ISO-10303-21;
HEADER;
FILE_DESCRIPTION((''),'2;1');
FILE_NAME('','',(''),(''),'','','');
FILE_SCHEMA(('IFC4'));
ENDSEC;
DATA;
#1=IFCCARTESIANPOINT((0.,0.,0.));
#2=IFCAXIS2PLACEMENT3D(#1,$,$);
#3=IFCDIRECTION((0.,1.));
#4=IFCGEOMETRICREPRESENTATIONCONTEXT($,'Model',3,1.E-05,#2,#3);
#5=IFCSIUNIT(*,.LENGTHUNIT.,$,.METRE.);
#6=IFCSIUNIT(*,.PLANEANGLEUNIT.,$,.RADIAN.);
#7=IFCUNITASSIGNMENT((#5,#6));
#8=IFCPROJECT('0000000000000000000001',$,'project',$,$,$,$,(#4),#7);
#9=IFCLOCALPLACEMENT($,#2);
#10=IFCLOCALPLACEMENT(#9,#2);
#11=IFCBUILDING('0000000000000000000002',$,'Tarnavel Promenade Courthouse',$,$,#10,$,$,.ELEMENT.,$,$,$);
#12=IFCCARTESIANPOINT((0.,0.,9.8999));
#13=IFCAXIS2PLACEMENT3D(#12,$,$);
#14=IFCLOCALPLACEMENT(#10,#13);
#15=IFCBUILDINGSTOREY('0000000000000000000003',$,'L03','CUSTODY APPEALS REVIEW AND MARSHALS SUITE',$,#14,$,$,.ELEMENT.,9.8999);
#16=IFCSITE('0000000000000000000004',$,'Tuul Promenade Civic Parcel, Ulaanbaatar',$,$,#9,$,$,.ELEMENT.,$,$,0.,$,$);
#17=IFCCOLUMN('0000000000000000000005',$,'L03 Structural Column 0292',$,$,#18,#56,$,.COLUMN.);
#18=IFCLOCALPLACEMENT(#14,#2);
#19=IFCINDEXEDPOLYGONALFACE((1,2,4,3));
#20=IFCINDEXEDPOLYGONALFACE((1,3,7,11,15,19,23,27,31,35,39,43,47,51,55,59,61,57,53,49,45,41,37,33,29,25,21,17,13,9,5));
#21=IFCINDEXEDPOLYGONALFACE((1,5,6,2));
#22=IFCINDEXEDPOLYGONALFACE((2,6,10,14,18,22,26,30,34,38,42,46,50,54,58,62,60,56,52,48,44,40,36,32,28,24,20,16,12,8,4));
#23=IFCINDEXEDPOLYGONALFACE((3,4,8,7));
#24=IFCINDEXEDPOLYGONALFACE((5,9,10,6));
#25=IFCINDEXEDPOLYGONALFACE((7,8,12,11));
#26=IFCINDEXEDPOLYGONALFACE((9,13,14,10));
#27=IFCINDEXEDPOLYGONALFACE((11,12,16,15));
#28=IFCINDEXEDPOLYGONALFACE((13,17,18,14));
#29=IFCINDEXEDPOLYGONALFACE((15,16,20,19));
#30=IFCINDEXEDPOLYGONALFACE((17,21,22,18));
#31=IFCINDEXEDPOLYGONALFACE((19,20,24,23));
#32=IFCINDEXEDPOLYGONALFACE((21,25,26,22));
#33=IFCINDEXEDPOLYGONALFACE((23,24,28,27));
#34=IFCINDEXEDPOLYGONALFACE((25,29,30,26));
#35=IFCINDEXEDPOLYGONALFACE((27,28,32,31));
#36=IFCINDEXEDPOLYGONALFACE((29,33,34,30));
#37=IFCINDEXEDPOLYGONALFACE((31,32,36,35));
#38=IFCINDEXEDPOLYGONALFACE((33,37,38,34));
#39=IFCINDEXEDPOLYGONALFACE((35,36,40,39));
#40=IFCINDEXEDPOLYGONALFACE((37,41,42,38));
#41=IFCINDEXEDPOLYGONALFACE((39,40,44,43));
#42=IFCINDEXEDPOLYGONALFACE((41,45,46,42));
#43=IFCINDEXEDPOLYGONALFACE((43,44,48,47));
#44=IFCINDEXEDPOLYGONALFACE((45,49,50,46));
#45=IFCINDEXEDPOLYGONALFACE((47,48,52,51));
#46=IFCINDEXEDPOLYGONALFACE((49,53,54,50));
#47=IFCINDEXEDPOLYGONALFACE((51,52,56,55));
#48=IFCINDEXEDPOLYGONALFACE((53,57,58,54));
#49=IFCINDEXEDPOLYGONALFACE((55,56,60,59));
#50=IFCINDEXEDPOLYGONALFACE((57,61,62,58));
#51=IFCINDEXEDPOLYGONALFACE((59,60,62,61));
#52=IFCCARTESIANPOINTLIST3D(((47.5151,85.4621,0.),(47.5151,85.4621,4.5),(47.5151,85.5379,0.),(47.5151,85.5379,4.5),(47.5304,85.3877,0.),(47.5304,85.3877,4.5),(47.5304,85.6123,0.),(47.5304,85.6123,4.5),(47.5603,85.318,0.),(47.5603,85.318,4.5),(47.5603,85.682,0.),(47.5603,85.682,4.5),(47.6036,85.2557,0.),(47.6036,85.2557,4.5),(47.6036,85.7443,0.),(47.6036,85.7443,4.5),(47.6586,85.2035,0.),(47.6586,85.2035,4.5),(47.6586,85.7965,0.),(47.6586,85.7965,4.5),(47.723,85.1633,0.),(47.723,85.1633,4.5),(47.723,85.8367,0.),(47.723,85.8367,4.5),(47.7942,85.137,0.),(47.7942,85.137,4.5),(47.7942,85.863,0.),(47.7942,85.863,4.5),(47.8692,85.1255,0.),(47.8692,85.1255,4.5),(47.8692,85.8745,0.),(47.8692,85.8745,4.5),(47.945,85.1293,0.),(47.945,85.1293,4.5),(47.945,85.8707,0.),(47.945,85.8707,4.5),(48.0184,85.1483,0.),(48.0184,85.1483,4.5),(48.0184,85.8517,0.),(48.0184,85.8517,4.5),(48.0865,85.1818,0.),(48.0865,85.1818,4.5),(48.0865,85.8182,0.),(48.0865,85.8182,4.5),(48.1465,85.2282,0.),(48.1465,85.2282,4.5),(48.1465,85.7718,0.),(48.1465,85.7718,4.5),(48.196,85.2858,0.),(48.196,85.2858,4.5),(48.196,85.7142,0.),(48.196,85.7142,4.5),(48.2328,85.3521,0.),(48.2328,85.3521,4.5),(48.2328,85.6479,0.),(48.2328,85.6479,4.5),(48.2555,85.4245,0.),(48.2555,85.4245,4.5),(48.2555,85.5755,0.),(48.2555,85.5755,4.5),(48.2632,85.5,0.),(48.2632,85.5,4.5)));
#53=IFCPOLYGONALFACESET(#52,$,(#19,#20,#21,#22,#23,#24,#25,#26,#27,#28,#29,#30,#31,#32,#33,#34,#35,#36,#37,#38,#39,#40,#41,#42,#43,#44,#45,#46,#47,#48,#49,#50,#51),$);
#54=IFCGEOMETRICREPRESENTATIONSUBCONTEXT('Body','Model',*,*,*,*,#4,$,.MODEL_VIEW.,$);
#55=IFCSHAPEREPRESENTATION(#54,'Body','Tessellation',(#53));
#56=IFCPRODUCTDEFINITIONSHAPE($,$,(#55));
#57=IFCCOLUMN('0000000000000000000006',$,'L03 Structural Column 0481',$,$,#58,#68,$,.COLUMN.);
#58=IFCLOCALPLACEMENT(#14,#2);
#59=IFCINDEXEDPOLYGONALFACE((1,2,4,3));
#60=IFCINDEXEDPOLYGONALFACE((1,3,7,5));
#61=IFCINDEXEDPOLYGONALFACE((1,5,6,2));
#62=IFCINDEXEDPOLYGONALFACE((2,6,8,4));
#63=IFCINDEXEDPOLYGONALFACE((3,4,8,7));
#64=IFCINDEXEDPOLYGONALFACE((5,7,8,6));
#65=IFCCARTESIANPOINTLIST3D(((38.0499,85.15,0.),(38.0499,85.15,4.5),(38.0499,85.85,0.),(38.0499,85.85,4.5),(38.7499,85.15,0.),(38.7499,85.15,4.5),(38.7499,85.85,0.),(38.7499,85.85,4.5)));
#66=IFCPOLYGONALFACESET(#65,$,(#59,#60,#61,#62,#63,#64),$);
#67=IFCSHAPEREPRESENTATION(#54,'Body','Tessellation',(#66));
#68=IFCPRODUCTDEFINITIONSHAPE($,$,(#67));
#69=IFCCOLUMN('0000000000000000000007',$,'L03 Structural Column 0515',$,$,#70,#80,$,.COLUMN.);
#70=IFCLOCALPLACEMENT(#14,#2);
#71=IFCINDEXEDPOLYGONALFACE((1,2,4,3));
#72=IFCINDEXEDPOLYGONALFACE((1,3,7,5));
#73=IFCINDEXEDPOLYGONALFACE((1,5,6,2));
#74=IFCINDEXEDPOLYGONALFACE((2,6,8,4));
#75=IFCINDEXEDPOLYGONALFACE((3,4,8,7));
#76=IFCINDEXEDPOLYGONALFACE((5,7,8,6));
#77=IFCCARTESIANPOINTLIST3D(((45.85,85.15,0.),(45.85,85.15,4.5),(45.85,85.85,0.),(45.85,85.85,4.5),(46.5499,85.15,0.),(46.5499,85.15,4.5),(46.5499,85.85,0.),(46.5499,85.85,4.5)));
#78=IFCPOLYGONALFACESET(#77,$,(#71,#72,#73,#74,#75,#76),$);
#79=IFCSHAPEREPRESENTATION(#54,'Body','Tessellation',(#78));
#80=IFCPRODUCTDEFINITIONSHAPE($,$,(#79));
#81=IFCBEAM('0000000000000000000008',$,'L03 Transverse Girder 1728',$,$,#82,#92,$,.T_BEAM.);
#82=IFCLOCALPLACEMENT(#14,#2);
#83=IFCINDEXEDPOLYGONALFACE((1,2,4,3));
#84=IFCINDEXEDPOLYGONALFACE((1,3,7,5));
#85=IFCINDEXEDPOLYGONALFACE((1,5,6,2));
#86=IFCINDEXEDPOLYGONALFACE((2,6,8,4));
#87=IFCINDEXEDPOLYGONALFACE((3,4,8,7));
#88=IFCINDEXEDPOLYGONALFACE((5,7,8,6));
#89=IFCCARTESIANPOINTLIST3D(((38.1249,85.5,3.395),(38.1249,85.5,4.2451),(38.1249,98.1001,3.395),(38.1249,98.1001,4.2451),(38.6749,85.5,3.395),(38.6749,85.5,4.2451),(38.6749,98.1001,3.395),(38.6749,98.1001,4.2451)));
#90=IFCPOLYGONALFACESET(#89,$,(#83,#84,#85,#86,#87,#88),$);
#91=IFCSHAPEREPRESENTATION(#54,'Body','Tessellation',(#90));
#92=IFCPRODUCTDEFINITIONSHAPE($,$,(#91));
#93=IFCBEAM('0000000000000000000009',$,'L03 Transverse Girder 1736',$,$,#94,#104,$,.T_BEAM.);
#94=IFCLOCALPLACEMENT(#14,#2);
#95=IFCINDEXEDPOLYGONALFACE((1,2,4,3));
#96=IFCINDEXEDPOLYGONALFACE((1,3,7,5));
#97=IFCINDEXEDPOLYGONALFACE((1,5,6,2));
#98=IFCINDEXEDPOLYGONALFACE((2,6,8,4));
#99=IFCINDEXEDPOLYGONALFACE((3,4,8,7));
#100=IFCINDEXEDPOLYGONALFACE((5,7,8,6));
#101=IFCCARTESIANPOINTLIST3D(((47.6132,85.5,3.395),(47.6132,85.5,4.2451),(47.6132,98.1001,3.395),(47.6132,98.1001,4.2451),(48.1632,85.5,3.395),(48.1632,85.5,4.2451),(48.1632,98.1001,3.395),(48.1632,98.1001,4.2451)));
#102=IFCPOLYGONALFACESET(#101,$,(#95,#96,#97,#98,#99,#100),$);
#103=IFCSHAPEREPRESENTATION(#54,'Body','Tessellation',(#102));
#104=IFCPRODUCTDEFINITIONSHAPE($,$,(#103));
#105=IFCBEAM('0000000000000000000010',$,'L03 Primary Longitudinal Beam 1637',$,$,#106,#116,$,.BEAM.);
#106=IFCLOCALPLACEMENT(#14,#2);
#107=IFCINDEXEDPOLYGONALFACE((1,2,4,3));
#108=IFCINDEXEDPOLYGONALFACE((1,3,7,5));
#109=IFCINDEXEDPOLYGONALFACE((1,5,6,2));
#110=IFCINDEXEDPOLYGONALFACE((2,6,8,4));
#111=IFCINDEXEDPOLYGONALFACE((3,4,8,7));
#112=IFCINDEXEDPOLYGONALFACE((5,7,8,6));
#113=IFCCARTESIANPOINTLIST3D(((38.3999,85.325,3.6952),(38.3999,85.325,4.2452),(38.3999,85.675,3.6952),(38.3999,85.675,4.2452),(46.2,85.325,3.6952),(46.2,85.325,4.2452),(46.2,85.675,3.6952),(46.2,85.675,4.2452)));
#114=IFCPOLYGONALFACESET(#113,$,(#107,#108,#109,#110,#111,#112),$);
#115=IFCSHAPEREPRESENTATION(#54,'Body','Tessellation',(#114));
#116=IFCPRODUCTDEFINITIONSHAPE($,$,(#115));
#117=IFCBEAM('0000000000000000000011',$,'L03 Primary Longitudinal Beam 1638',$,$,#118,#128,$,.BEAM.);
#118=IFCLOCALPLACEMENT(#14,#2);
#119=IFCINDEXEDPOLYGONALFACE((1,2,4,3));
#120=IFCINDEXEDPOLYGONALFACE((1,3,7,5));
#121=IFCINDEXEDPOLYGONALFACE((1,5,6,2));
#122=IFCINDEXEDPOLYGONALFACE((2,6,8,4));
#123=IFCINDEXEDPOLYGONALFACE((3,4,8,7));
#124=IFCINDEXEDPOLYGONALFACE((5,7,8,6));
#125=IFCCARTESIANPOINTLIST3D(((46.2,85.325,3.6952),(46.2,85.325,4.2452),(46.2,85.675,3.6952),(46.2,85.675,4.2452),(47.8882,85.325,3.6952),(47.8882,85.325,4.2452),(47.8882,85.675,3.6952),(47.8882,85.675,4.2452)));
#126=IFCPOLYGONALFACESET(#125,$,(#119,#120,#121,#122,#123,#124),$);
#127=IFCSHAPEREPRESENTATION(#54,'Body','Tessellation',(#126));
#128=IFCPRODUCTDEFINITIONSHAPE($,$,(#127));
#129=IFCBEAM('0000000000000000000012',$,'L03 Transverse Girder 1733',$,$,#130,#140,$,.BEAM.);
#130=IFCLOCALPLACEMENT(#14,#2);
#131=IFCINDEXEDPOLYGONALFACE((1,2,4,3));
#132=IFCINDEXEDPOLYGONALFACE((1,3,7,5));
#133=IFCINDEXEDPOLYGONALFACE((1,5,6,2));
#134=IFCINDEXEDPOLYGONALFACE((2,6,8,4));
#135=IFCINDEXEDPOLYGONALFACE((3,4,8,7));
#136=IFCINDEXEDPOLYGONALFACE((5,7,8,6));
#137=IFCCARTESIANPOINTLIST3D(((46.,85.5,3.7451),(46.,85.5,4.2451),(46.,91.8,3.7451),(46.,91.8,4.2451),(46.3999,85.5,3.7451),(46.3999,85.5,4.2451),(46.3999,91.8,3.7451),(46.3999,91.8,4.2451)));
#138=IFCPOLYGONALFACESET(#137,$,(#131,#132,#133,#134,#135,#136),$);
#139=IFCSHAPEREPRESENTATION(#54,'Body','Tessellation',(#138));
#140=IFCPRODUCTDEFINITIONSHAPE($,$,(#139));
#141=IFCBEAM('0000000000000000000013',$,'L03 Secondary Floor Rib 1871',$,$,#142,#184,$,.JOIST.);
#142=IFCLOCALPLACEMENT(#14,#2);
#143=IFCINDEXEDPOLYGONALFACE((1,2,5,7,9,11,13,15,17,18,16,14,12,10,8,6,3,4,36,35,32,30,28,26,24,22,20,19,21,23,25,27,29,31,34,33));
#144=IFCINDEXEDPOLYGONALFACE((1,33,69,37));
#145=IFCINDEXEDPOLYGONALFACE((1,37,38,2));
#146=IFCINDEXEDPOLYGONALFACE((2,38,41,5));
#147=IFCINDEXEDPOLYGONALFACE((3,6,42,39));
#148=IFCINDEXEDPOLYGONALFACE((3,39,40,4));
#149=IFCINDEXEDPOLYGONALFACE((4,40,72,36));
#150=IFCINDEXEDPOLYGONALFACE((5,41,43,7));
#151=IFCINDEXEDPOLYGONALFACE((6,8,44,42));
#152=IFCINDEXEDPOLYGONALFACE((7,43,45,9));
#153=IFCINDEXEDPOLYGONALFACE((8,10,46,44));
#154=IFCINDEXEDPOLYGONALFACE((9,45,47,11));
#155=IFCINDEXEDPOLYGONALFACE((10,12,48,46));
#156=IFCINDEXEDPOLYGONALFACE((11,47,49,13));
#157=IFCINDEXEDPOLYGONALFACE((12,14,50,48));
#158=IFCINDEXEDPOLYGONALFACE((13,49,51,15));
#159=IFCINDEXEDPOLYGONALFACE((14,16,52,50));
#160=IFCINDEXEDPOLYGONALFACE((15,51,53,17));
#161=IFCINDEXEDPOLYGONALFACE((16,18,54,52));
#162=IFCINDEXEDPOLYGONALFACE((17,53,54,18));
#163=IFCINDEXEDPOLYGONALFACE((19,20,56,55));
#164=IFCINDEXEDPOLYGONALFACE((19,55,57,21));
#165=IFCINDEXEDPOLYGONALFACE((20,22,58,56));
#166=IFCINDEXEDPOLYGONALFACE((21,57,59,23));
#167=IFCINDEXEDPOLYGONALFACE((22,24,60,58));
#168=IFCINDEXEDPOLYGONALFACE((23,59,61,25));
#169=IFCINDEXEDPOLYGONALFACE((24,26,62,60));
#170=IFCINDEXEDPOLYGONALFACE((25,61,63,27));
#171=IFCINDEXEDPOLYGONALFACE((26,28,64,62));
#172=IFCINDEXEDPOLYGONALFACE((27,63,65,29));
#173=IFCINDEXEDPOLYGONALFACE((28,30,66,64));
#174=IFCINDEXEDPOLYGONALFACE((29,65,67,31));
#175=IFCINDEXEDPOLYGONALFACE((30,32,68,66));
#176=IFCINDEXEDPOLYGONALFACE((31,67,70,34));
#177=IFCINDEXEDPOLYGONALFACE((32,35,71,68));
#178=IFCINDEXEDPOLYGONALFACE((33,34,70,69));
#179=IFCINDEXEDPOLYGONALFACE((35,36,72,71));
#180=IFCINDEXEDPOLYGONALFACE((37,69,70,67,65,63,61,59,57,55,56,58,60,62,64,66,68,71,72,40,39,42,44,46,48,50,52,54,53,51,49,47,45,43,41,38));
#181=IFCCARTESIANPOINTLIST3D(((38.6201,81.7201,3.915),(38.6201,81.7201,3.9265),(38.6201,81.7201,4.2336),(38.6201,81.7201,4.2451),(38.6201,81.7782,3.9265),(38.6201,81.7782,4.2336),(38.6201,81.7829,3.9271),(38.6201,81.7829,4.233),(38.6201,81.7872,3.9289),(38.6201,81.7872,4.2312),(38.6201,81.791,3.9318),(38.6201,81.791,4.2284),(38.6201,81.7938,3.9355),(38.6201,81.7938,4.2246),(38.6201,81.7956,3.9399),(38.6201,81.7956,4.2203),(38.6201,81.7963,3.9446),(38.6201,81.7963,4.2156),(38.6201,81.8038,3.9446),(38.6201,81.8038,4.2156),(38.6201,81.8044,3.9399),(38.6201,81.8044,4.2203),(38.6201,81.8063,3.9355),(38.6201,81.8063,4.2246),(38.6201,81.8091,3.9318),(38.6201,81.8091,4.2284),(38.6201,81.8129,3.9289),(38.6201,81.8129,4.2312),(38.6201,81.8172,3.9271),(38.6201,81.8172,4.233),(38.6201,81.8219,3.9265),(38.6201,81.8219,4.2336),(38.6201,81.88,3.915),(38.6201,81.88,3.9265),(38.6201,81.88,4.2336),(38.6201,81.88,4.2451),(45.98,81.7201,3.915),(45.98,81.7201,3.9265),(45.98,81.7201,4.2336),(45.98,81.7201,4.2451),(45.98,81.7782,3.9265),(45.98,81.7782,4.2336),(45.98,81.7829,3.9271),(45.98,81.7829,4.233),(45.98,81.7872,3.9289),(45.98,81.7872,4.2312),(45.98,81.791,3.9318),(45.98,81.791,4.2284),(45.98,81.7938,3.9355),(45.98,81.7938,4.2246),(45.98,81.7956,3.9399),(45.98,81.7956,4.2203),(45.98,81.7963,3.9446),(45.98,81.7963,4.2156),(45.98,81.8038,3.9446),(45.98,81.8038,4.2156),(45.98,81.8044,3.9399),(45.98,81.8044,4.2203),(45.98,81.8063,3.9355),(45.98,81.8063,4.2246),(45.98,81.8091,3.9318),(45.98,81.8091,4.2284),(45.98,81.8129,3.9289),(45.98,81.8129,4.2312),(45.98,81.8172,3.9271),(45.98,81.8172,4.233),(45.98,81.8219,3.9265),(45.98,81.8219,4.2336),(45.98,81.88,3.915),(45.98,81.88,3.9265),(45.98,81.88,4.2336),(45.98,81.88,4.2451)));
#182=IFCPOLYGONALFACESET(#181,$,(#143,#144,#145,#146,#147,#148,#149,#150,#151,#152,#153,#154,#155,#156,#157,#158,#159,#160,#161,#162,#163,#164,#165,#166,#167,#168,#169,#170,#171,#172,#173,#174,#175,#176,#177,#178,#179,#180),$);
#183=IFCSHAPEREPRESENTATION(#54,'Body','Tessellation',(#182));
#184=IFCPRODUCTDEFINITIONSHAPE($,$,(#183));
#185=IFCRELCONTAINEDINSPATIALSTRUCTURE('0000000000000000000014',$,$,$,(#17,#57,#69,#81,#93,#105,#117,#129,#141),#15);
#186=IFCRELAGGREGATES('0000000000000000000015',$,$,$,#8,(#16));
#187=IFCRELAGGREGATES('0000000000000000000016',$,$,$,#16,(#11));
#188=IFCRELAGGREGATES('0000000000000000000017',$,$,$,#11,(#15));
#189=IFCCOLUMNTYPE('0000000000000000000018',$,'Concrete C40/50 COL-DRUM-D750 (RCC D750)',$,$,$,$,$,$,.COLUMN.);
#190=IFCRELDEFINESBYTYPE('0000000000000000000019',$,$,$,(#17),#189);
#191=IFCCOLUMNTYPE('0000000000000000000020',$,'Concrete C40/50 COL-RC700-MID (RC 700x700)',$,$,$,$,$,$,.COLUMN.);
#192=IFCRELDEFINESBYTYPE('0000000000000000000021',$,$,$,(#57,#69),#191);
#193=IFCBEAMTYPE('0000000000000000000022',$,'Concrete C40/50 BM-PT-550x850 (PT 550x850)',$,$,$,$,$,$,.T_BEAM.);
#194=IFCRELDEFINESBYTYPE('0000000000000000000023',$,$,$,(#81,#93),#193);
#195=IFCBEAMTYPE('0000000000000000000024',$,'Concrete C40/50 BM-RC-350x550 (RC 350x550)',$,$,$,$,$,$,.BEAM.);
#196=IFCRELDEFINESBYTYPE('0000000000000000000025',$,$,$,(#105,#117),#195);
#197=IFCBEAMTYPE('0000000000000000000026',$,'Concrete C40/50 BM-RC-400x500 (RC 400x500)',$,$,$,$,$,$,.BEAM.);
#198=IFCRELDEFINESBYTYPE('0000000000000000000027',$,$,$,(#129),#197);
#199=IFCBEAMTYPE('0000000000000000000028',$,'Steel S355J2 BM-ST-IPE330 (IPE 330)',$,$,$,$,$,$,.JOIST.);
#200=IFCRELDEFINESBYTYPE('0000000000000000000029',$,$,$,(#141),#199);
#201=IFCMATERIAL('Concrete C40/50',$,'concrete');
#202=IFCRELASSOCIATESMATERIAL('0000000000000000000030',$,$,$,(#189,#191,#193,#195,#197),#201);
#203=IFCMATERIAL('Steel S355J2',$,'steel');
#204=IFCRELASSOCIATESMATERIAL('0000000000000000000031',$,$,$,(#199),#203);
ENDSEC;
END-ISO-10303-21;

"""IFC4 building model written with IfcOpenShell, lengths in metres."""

from ifc_helpers import new_model, si_unit, direction, frame, origin, origin_2d, place, context, subcontext, project, spatial, rectangle, circle, i_section, extrude, material, material_profile, profile_set, type_object, element, save


model = new_model("IFC4")

# Units and contexts
model_context = context("Model", 3, precision=1e-05, world=origin(), true_north=direction((0.0, 1.0)))
body_context = subcontext(model_context, "Body", "Model", "MODEL_VIEW")
ifc_project = project(units=[si_unit("LENGTHUNIT", "METRE"), si_unit("PLANEANGLEUNIT", "RADIAN")], contexts=[model_context])

# Site, building, storey
site_placement = place(None, origin())
site = spatial("IfcSite", under=ifc_project, at=site_placement, Name="Tuul Promenade Civic Parcel, Ulaanbaatar", CompositionType="ELEMENT", RefElevation=0.0)
building_placement = place(site_placement, origin())
building = spatial("IfcBuilding", under=site, at=building_placement, Name="Tarnavel Promenade Courthouse", CompositionType="ELEMENT")
storey_placement = place(building_placement, frame((0.0, 0.0, 9.8999)))
storey = spatial("IfcBuildingStorey", under=building, at=storey_placement, Name="L03", Description="CUSTODY APPEALS REVIEW AND MARSHALS SUITE", CompositionType="ELEMENT", Elevation=9.8999)

# Columns
ifc_material_1 = material(Name="Concrete C40/50", Category="concrete")
ifc_material_profile_1 = material_profile(ifc_material_1, circle(Radius=0.375, at=origin_2d()), Name="RCC D750")
ifc_profile_set_1 = profile_set([ifc_material_profile_1], Name="Concrete C40/50")
column_type_1 = type_object("IfcColumnType", Name="Concrete C40/50 COL-DRUM-D750 (RCC D750)", PredefinedType="COLUMN", material=ifc_profile_set_1)
column_placement = place(storey_placement, frame((47.8882, 85.5, 0.0), z_axis=(0.0, 0.0, 1.0), x_axis=(1.0, 0.0, 0.0)))
element("IfcColumn", 1, at=column_placement, inside=storey, type_object=column_type_1, Name="L03 Structural Column 0292", PredefinedType="COLUMN", context=body_context, shape_type="SweptSolid", body=[
    extrude(circle(Radius=0.375, at=origin_2d()), origin(), (0.0, 0.0, 1.0), 4.5),
])
ifc_material_profile_2 = material_profile(ifc_material_1, rectangle(XDim=0.7, YDim=0.7, at=origin_2d()), Name="RC 700x700")
ifc_profile_set_2 = profile_set([ifc_material_profile_2], Name="Concrete C40/50")
column_type_2 = type_object("IfcColumnType", Name="Concrete C40/50 COL-RC700-MID (RC 700x700)", PredefinedType="COLUMN", material=ifc_profile_set_2)
for number, where, z_axis, x_axis, name in (
    (2, (38.3999, 85.5, 0.0), (0.0, 0.0, 1.0), (1.0, 0.0, 0.0), "L03 Structural Column 0481"),
    (3, (46.2, 85.5, 0.0), (0.0, 0.0, 1.0), (1.0, 0.0, 0.0), "L03 Structural Column 0515"),
):
    element("IfcColumn", number, at=place(storey_placement, frame(where, z_axis=z_axis, x_axis=x_axis)), inside=storey, type_object=column_type_2, Name=name, PredefinedType="COLUMN", context=body_context, shape_type="SweptSolid", body=[
        extrude(rectangle(XDim=0.7, YDim=0.7, at=origin_2d()), origin(), (0.0, 0.0, 1.0), 4.5),
    ])

# Beams
ifc_material_profile_3 = material_profile(ifc_material_1, rectangle(XDim=0.55, YDim=0.8501, at=origin_2d()), Name="PT 550x850")
ifc_profile_set_3 = profile_set([ifc_material_profile_3], Name="Concrete C40/50")
beam_type_1 = type_object("IfcBeamType", Name="Concrete C40/50 BM-PT-550x850 (PT 550x850)", PredefinedType="T_BEAM", material=ifc_profile_set_3)
for number, where, z_axis, x_axis, name in (
    (4, (38.3999, 85.5, 3.8201), (0.0, 1.0, 0.0), (-1.0, 0.0, 0.0), "L03 Transverse Girder 1728"),
    (5, (47.8882, 85.5, 3.8201), (0.0, 1.0, 0.0), (-1.0, 0.0, 0.0), "L03 Transverse Girder 1736"),
):
    element("IfcBeam", number, at=place(storey_placement, frame(where, z_axis=z_axis, x_axis=x_axis)), inside=storey, type_object=beam_type_1, Name=name, PredefinedType="T_BEAM", context=body_context, shape_type="SweptSolid", body=[
        extrude(rectangle(XDim=0.55, YDim=0.8501, at=origin_2d()), origin(), (0.0, 0.0, 1.0), 12.6001),
    ])
ifc_material_profile_4 = material_profile(ifc_material_1, rectangle(XDim=0.3501, YDim=0.55, at=origin_2d()), Name="RC 350x550")
ifc_profile_set_4 = profile_set([ifc_material_profile_4], Name="Concrete C40/50")
beam_type_2 = type_object("IfcBeamType", Name="Concrete C40/50 BM-RC-350x550 (RC 350x550)", PredefinedType="BEAM", material=ifc_profile_set_4)
beam_1_placement = place(storey_placement, frame((38.3999, 85.5, 3.9702), z_axis=(1.0, 0.0, 0.0), x_axis=(0.0, 1.0, 0.0)))
element("IfcBeam", 6, at=beam_1_placement, inside=storey, type_object=beam_type_2, Name="L03 Primary Longitudinal Beam 1637", PredefinedType="BEAM", context=body_context, shape_type="SweptSolid", body=[
    extrude(rectangle(XDim=0.3501, YDim=0.55, at=origin_2d()), origin(), (0.0, 0.0, 1.0), 7.8),
])
beam_2_placement = place(storey_placement, frame((46.2, 85.5, 3.9702), z_axis=(1.0, 0.0, 0.0), x_axis=(0.0, 1.0, 0.0)))
element("IfcBeam", 7, at=beam_2_placement, inside=storey, type_object=beam_type_2, Name="L03 Primary Longitudinal Beam 1638", PredefinedType="BEAM", context=body_context, shape_type="SweptSolid", body=[
    extrude(rectangle(XDim=0.3501, YDim=0.55, at=origin_2d()), origin(), (0.0, 0.0, 1.0), 1.6882),
])
ifc_material_profile_5 = material_profile(ifc_material_1, rectangle(XDim=0.3999, YDim=0.5, at=origin_2d()), Name="RC 400x500")
ifc_profile_set_5 = profile_set([ifc_material_profile_5], Name="Concrete C40/50")
beam_type_3 = type_object("IfcBeamType", Name="Concrete C40/50 BM-RC-400x500 (RC 400x500)", PredefinedType="BEAM", material=ifc_profile_set_5)
beam_3_placement = place(storey_placement, frame((46.2, 85.5, 3.9951), z_axis=(0.0, 1.0, 0.0), x_axis=(-1.0, 0.0, 0.0)))
element("IfcBeam", 8, at=beam_3_placement, inside=storey, type_object=beam_type_3, Name="L03 Transverse Girder 1733", PredefinedType="BEAM", context=body_context, shape_type="SweptSolid", body=[
    extrude(rectangle(XDim=0.3999, YDim=0.5, at=origin_2d()), origin(), (0.0, 0.0, 1.0), 6.3),
])
ifc_material_2 = material(Name="Steel S355J2", Category="steel")
ifc_material_profile_6 = material_profile(ifc_material_2, i_section(OverallWidth=0.1599, OverallDepth=0.3301, WebThickness=0.0076, FlangeThickness=0.0115, FilletRadius=0.0181, at=origin_2d()), Name="IPE 330")
ifc_profile_set_6 = profile_set([ifc_material_profile_6], Name="Steel S355J2")
beam_type_4 = type_object("IfcBeamType", Name="Steel S355J2 BM-ST-IPE330 (IPE 330)", PredefinedType="JOIST", material=ifc_profile_set_6)
beam_4_placement = place(storey_placement, frame((38.6201, 81.8, 4.0801), z_axis=(1.0, 0.0, 0.0), x_axis=(0.0, 1.0, 0.0)))
element("IfcBeam", 9, at=beam_4_placement, inside=storey, type_object=beam_type_4, Name="L03 Secondary Floor Rib 1871", PredefinedType="JOIST", context=body_context, shape_type="SweptSolid", body=[
    extrude(i_section(OverallWidth=0.1599, OverallDepth=0.3301, WebThickness=0.0076, FlangeThickness=0.0115, FilletRadius=0.0181, at=origin_2d()), origin(), (0.0, 0.0, 1.0), 7.3599),
])

save(model, "model.ifc")
